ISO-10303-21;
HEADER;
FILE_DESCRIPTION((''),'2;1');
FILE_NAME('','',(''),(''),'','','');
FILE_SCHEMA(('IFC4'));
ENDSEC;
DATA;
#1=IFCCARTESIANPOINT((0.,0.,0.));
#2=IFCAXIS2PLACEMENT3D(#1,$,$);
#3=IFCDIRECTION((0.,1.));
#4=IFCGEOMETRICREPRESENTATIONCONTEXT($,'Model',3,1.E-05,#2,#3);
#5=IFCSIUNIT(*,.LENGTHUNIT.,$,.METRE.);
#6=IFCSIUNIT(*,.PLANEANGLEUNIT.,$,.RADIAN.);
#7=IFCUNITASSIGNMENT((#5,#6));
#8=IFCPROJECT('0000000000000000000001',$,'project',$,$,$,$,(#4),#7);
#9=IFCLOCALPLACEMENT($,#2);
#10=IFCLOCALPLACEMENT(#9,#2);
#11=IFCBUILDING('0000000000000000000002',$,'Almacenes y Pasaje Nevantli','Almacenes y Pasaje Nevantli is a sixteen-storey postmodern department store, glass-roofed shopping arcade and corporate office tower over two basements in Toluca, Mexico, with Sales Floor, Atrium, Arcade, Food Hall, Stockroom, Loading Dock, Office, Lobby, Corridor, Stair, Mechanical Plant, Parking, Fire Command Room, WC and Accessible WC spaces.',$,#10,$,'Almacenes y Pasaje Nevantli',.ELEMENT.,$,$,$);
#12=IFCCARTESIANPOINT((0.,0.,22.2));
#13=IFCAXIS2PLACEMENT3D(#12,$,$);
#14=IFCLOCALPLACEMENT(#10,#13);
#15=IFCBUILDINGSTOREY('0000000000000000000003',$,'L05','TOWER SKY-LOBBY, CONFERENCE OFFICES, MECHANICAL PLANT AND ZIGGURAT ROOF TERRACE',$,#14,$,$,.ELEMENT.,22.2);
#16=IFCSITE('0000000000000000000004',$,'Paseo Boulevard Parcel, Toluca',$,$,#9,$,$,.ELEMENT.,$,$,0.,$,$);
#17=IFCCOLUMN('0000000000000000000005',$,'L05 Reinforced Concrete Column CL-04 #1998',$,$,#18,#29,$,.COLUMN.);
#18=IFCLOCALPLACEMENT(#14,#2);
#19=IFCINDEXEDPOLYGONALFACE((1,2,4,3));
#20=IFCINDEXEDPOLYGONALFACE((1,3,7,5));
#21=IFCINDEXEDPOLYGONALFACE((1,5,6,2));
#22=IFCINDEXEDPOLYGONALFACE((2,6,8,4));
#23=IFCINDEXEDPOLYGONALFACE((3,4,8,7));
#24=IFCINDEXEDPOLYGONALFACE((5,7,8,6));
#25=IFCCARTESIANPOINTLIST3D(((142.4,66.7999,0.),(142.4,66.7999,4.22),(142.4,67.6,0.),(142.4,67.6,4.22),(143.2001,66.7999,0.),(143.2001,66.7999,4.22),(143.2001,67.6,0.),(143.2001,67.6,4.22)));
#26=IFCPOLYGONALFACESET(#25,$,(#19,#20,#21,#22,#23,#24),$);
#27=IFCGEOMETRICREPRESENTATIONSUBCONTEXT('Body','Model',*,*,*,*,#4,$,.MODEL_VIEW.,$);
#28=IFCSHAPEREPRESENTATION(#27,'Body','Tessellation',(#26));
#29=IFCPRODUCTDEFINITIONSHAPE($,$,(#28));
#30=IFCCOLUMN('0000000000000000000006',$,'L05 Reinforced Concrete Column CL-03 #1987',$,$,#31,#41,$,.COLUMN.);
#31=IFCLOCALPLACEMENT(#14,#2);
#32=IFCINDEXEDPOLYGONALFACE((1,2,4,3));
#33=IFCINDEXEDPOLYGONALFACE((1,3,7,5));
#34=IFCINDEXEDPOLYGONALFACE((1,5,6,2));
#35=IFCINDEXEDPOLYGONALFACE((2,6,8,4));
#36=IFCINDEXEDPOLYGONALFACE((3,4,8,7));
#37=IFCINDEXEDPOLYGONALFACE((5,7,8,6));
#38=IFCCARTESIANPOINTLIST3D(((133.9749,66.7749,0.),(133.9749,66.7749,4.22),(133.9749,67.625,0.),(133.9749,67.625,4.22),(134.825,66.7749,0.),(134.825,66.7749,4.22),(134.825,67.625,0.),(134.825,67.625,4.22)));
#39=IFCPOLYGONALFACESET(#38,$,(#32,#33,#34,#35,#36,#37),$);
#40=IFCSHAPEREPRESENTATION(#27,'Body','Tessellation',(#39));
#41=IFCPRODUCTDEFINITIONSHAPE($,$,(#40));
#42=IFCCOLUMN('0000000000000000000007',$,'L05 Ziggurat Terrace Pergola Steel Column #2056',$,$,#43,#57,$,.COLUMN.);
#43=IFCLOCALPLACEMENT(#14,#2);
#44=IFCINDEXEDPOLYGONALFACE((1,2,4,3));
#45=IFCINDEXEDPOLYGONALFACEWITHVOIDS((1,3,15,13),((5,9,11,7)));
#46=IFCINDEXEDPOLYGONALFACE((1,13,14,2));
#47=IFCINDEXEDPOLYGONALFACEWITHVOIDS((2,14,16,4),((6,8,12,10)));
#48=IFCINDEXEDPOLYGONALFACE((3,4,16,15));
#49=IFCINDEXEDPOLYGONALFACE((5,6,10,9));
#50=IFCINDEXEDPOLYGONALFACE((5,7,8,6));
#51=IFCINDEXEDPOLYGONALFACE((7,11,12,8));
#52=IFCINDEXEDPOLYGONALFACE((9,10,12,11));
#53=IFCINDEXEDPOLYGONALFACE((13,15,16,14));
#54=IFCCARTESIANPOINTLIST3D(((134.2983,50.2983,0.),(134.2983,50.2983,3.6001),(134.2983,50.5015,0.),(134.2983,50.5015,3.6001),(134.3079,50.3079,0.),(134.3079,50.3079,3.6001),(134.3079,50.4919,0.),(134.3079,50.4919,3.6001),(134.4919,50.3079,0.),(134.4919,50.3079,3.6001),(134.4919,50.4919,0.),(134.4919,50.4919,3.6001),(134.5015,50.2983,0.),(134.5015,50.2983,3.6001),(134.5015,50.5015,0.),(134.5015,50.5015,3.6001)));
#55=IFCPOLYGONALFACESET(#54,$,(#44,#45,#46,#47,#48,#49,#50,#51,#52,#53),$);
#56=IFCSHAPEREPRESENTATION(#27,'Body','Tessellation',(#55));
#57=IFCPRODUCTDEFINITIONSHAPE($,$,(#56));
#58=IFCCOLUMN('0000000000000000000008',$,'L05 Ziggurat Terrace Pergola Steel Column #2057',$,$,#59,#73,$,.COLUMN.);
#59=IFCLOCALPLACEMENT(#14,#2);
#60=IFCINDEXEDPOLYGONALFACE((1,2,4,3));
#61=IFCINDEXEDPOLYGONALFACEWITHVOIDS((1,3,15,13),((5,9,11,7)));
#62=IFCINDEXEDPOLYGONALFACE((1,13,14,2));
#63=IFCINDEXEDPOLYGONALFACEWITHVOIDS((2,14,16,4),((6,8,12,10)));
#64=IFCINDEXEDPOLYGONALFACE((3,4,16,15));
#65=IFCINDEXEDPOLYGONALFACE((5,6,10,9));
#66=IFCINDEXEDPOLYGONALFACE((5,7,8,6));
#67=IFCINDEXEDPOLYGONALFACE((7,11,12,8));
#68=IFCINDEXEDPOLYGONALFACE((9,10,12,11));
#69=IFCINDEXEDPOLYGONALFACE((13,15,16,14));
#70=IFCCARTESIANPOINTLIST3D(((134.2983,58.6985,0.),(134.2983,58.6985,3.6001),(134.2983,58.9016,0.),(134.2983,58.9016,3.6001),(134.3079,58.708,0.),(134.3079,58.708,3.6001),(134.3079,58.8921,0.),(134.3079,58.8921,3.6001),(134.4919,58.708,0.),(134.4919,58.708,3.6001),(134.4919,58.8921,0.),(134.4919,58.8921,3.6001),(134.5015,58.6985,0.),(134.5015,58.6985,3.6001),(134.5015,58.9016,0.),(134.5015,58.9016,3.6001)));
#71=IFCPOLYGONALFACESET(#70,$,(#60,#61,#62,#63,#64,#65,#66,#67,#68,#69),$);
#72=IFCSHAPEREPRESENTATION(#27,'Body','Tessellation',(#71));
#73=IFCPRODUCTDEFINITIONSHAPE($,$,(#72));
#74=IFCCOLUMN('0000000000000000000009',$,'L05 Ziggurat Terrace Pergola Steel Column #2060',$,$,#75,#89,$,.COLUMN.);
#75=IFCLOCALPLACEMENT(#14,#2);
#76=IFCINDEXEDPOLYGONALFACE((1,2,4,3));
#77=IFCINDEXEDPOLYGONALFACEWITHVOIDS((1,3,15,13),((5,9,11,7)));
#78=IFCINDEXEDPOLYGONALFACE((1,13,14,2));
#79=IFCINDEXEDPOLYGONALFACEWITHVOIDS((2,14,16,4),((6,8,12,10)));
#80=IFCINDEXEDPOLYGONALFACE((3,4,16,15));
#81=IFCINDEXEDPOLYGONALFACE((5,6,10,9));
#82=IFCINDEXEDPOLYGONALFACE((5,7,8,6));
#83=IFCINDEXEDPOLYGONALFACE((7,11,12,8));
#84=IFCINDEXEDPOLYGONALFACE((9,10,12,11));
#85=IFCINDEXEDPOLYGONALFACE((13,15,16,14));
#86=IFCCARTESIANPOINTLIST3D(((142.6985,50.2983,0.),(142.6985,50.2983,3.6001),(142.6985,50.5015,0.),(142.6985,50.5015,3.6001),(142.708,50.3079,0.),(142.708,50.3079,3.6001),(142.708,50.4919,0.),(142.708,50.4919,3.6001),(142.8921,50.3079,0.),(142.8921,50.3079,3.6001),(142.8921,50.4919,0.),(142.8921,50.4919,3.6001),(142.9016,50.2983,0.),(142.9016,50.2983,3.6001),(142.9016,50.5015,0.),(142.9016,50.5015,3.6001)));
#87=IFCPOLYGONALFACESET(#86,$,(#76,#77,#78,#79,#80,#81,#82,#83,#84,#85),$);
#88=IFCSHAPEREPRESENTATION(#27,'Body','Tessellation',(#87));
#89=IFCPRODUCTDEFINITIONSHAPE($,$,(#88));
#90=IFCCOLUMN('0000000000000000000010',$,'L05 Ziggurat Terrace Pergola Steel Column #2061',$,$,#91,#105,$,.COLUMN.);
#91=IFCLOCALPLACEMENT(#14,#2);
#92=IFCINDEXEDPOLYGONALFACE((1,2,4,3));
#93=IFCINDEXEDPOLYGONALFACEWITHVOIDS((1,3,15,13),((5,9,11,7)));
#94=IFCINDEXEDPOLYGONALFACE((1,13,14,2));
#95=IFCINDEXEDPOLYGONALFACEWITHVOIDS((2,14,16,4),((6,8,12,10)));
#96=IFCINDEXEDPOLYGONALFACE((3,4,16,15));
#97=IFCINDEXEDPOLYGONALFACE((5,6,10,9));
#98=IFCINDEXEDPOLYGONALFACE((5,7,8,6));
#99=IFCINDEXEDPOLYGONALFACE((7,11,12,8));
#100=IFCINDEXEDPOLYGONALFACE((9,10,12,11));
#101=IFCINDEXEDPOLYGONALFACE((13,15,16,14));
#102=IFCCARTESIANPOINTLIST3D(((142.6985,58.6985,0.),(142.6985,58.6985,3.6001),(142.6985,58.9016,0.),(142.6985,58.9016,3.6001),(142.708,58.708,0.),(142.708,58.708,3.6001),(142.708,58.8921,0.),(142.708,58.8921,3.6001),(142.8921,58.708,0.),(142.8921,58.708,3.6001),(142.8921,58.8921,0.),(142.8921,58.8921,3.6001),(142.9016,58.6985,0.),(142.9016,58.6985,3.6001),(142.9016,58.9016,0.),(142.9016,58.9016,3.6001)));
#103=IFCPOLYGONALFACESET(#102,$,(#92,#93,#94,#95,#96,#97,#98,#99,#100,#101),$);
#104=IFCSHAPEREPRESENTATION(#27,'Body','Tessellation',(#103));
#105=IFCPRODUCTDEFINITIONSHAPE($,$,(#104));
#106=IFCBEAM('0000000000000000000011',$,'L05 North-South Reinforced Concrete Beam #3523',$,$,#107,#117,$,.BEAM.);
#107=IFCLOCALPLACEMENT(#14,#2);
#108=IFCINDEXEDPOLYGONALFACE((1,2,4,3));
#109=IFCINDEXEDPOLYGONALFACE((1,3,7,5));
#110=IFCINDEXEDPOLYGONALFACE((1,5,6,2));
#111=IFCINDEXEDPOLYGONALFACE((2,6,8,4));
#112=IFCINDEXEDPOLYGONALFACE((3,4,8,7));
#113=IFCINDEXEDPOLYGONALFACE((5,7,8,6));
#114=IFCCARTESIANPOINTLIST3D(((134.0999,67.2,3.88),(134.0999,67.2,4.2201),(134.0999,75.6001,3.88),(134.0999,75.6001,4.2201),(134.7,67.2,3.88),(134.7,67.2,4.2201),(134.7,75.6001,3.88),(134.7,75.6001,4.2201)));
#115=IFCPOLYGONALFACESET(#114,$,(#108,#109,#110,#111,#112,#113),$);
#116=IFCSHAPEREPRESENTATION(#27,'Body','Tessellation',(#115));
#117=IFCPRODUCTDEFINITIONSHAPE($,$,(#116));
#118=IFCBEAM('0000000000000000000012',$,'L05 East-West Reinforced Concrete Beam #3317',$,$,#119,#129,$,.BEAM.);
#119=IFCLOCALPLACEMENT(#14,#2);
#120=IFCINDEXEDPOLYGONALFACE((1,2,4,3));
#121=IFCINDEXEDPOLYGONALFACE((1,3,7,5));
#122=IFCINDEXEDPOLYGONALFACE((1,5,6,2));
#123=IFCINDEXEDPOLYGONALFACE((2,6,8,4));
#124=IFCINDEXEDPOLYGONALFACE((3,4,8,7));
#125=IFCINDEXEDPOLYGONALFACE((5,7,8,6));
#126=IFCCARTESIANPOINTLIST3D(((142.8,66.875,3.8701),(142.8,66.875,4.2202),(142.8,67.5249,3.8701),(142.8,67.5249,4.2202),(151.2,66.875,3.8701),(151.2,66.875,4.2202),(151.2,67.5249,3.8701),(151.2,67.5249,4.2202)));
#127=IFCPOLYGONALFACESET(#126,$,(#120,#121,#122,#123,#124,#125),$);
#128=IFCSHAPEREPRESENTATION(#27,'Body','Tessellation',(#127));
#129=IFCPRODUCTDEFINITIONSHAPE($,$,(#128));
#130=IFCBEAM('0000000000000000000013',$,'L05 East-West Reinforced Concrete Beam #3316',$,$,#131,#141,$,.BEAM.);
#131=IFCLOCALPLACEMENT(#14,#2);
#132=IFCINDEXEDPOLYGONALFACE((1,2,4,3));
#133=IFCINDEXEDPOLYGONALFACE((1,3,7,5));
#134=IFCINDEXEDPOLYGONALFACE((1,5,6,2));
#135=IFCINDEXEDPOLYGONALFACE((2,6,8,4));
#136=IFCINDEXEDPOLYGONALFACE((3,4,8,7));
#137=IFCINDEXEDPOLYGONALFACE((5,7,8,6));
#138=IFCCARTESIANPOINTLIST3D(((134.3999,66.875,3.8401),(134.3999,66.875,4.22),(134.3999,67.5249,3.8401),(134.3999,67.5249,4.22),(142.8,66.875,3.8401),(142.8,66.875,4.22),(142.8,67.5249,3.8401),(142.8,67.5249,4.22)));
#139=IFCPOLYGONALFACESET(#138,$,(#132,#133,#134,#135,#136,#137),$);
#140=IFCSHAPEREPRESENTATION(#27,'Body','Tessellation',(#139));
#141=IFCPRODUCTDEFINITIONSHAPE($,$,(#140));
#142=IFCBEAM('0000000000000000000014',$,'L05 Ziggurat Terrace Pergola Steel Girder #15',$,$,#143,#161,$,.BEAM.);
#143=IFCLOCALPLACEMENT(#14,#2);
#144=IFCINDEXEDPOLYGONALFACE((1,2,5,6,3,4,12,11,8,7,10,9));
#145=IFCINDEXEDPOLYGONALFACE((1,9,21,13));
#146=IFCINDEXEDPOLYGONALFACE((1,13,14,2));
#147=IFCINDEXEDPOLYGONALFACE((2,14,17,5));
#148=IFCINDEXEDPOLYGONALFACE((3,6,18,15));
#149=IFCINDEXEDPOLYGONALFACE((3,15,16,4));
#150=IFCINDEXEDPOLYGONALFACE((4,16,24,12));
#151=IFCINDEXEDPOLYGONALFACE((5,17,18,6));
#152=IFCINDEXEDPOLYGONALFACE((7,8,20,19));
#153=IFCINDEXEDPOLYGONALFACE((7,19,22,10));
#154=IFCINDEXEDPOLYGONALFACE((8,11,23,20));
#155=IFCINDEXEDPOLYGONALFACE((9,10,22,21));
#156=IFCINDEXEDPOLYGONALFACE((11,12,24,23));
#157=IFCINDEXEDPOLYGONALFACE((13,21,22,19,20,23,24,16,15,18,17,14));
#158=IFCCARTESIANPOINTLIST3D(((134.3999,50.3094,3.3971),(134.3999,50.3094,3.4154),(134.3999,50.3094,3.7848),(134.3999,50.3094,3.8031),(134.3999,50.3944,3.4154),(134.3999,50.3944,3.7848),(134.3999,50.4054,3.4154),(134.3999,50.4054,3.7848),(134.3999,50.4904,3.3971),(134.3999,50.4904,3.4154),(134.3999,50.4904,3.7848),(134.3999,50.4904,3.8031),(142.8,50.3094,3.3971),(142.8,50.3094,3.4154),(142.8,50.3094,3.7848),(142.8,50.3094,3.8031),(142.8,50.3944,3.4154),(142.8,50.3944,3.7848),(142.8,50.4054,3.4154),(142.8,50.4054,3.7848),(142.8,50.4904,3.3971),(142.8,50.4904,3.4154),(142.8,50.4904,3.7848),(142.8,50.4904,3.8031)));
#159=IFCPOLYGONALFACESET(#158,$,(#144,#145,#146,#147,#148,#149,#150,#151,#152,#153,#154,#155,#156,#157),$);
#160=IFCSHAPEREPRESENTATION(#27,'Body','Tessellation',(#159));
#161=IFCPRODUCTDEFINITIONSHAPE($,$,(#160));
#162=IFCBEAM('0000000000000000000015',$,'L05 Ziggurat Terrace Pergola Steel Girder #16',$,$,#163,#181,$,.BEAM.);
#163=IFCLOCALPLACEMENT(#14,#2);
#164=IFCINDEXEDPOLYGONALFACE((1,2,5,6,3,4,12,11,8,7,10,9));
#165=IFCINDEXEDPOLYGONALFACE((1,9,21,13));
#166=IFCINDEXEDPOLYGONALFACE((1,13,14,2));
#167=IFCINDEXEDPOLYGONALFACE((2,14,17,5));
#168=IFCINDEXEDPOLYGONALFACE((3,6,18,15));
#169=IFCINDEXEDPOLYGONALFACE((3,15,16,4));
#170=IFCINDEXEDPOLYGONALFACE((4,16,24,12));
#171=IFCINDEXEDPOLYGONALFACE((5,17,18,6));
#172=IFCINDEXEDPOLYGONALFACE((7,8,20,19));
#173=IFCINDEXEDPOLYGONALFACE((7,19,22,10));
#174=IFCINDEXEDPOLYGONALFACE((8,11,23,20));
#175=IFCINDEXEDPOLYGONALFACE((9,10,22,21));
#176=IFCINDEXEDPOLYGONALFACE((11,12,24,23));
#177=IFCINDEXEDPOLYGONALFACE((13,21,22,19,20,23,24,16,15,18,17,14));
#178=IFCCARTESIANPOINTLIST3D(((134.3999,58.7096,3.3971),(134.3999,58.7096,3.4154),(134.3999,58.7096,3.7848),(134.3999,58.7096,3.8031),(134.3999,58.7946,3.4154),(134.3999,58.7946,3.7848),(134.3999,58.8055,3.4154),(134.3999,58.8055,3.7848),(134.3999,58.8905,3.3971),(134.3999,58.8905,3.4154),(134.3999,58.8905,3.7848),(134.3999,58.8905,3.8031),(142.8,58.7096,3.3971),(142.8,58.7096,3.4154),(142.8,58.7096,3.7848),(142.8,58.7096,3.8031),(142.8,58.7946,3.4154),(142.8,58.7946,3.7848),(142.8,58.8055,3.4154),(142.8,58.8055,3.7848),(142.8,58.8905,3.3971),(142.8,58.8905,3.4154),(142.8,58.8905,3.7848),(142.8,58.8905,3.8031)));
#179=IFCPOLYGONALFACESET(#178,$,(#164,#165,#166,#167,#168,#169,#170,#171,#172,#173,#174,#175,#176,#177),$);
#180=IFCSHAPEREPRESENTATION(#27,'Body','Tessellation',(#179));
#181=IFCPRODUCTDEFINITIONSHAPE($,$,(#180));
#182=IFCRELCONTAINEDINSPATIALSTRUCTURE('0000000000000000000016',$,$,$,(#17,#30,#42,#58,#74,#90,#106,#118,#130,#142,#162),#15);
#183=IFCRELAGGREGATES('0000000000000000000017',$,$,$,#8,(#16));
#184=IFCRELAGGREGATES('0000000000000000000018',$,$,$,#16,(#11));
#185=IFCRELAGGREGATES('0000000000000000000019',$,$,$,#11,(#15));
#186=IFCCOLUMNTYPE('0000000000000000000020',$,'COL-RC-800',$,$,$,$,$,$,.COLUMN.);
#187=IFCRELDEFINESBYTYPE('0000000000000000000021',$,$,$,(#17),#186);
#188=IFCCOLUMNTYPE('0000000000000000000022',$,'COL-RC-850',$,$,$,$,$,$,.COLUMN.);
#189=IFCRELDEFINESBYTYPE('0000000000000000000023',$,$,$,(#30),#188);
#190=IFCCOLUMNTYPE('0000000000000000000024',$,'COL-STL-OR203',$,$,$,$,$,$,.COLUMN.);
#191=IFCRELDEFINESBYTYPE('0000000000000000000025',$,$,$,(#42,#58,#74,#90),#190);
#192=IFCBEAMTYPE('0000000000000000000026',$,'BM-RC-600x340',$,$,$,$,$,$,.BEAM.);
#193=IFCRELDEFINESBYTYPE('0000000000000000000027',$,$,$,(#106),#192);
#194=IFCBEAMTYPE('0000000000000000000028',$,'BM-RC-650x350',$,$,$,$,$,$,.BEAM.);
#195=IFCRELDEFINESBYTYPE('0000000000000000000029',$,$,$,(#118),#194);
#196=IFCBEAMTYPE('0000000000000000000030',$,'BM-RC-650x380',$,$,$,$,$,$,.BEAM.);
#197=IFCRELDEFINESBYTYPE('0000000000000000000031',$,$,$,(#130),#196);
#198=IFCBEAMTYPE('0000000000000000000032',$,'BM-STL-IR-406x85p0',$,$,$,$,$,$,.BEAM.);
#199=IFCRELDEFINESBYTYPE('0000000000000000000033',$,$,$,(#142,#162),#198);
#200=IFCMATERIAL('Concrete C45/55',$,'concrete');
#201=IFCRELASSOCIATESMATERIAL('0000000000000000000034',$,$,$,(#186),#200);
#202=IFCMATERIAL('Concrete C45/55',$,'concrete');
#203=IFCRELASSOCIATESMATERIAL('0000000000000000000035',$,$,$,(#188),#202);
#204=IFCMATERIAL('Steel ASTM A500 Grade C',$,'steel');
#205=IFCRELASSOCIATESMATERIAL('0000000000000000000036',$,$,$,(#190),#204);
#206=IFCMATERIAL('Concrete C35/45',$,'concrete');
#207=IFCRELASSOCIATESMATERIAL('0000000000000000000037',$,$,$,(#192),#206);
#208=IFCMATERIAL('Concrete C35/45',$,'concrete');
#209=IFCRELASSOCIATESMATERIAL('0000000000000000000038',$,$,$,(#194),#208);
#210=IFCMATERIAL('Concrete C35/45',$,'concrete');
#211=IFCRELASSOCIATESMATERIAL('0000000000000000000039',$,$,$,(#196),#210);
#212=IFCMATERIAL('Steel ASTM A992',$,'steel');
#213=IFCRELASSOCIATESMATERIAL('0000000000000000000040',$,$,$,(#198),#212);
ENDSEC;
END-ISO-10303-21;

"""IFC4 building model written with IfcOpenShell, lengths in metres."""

from ifc_helpers import new_model, si_unit, direction, frame, origin, origin_2d, place, context, subcontext, project, spatial, rectangle, hollow_rectangle, i_section, extrude, material, material_profile, profile_set, type_object, element, save


model = new_model("IFC4")

# Units and contexts
model_context = context("Model", 3, precision=1e-05, world=origin(), true_north=direction((0.0, 1.0)))
body_context = subcontext(model_context, "Body", "Model", "MODEL_VIEW")
ifc_project = project(units=[si_unit("LENGTHUNIT", "METRE"), si_unit("PLANEANGLEUNIT", "RADIAN")], contexts=[model_context])

# Site, building, storey
site_placement = place(None, origin())
site = spatial("IfcSite", under=ifc_project, at=site_placement, Name="Paseo Boulevard Parcel, Toluca", CompositionType="ELEMENT", RefElevation=0.0)
building_placement = place(site_placement, origin())
building = spatial("IfcBuilding", under=site, at=building_placement, Name="Almacenes y Pasaje Nevantli", Description="Almacenes y Pasaje Nevantli is a sixteen-storey postmodern department store, glass-roofed shopping arcade and corporate office tower over two basements in Toluca, Mexico, with Sales Floor, Atrium, Arcade, Food Hall, Stockroom, Loading Dock, Office, Lobby, Corridor, Stair, Mechanical Plant, Parking, Fire Command Room, WC and Accessible WC spaces.", LongName="Almacenes y Pasaje Nevantli", CompositionType="ELEMENT")
storey_placement = place(building_placement, frame((0.0, 0.0, 22.2)))
storey = spatial("IfcBuildingStorey", under=building, at=storey_placement, Name="L05", Description="TOWER SKY-LOBBY, CONFERENCE OFFICES, MECHANICAL PLANT AND ZIGGURAT ROOF TERRACE", CompositionType="ELEMENT", Elevation=22.2)

# Columns
ifc_material_1 = material(Name="Concrete C45/55", Category="concrete")
ifc_material_profile_1 = material_profile(ifc_material_1, rectangle(XDim=0.8, YDim=0.8, at=origin_2d()), Name="RC-COL-800x800")
ifc_profile_set_1 = profile_set([ifc_material_profile_1], Name="Concrete C45/55")
column_type_1 = type_object("IfcColumnType", Name="COL-RC-800", PredefinedType="COLUMN", material=ifc_profile_set_1)
column_1_placement = place(storey_placement, frame((142.8, 67.2, 0.0), z_axis=(0.0, 0.0, 1.0), x_axis=(1.0, 0.0, 0.0)))
element("IfcColumn", 1, at=column_1_placement, inside=storey, type_object=column_type_1, Name="L05 Reinforced Concrete Column CL-04 #1998", PredefinedType="COLUMN", context=body_context, shape_type="SweptSolid", body=[
    extrude(rectangle(XDim=0.8, YDim=0.8, at=origin_2d()), origin(), (0.0, 0.0, 1.0), 4.22),
])
ifc_material_2 = material(Name="Concrete C45/55", Category="concrete")
ifc_material_profile_2 = material_profile(ifc_material_2, rectangle(XDim=0.8501, YDim=0.8501, at=origin_2d()), Name="RC-COL-850x850")
ifc_profile_set_2 = profile_set([ifc_material_profile_2], Name="Concrete C45/55")
column_type_2 = type_object("IfcColumnType", Name="COL-RC-850", PredefinedType="COLUMN", material=ifc_profile_set_2)
column_2_placement = place(storey_placement, frame((134.3999, 67.2, 0.0), z_axis=(0.0, 0.0, 1.0), x_axis=(1.0, 0.0, 0.0)))
element("IfcColumn", 2, at=column_2_placement, inside=storey, type_object=column_type_2, Name="L05 Reinforced Concrete Column CL-03 #1987", PredefinedType="COLUMN", context=body_context, shape_type="SweptSolid", body=[
    extrude(rectangle(XDim=0.8501, YDim=0.8501, at=origin_2d()), origin(), (0.0, 0.0, 1.0), 4.22),
])
ifc_material_3 = material(Name="Steel ASTM A500 Grade C", Category="steel")
ifc_material_profile_3 = material_profile(ifc_material_3, hollow_rectangle(XDim=0.2031, YDim=0.2031, WallThickness=0.0095, at=origin_2d()), Name="OR 203x203x9.5")
ifc_profile_set_3 = profile_set([ifc_material_profile_3], Name="Steel ASTM A500 Grade C")
column_type_3 = type_object("IfcColumnType", Name="COL-STL-OR203", PredefinedType="COLUMN", material=ifc_profile_set_3)
for number, where, z_axis, x_axis, name in (
    (3, (134.3999, 50.3999, 0.0), (0.0, 0.0, 1.0), (1.0, 0.0, 0.0), "L05 Ziggurat Terrace Pergola Steel Column #2056"),
    (4, (134.3999, 58.8, 0.0), (0.0, 0.0, 1.0), (1.0, 0.0, 0.0), "L05 Ziggurat Terrace Pergola Steel Column #2057"),
    (5, (142.8, 50.3999, 0.0), (0.0, 0.0, 1.0), (1.0, 0.0, 0.0), "L05 Ziggurat Terrace Pergola Steel Column #2060"),
    (6, (142.8, 58.8, 0.0), (0.0, 0.0, 1.0), (1.0, 0.0, 0.0), "L05 Ziggurat Terrace Pergola Steel Column #2061"),
):
    element("IfcColumn", number, at=place(storey_placement, frame(where, z_axis=z_axis, x_axis=x_axis)), inside=storey, type_object=column_type_3, Name=name, PredefinedType="COLUMN", context=body_context, shape_type="SweptSolid", body=[
        extrude(hollow_rectangle(XDim=0.2031, YDim=0.2031, WallThickness=0.0095, at=origin_2d()), origin(), (0.0, 0.0, 1.0), 3.6001),
    ])

# Beams
ifc_material_4 = material(Name="Concrete C35/45", Category="concrete")
ifc_material_profile_4 = material_profile(ifc_material_4, rectangle(XDim=0.6001, YDim=0.3401, at=origin_2d()), Name="RC-BM-600x340")
ifc_profile_set_4 = profile_set([ifc_material_profile_4], Name="Concrete C35/45")
beam_type_1 = type_object("IfcBeamType", Name="BM-RC-600x340", PredefinedType="BEAM", material=ifc_profile_set_4)
beam_1_placement = place(storey_placement, frame((134.3999, 67.2, 4.05), z_axis=(0.0, 1.0, 0.0), x_axis=(-1.0, 0.0, 0.0)))
element("IfcBeam", 7, at=beam_1_placement, inside=storey, type_object=beam_type_1, Name="L05 North-South Reinforced Concrete Beam #3523", PredefinedType="BEAM", context=body_context, shape_type="SweptSolid", body=[
    extrude(rectangle(XDim=0.6001, YDim=0.3401, at=origin_2d()), origin(), (0.0, 0.0, 1.0), 8.4001),
])
ifc_material_5 = material(Name="Concrete C35/45", Category="concrete")
ifc_material_profile_5 = material_profile(ifc_material_5, rectangle(XDim=0.6499, YDim=0.3501, at=origin_2d()), Name="RC-BM-650x350")
ifc_profile_set_5 = profile_set([ifc_material_profile_5], Name="Concrete C35/45")
beam_type_2 = type_object("IfcBeamType", Name="BM-RC-650x350", PredefinedType="BEAM", material=ifc_profile_set_5)
beam_2_placement = place(storey_placement, frame((142.8, 67.2, 4.0452), z_axis=(1.0, 0.0, 0.0), x_axis=(0.0, 1.0, 0.0)))
element("IfcBeam", 8, at=beam_2_placement, inside=storey, type_object=beam_type_2, Name="L05 East-West Reinforced Concrete Beam #3317", PredefinedType="BEAM", context=body_context, shape_type="SweptSolid", body=[
    extrude(rectangle(XDim=0.6499, YDim=0.3501, at=origin_2d()), origin(), (0.0, 0.0, 1.0), 8.3999),
])
ifc_material_6 = material(Name="Concrete C35/45", Category="concrete")
ifc_material_profile_6 = material_profile(ifc_material_6, rectangle(XDim=0.6499, YDim=0.3799, at=origin_2d()), Name="RC-BM-650x380")
ifc_profile_set_6 = profile_set([ifc_material_profile_6], Name="Concrete C35/45")
beam_type_3 = type_object("IfcBeamType", Name="BM-RC-650x380", PredefinedType="BEAM", material=ifc_profile_set_6)
beam_3_placement = place(storey_placement, frame((134.3999, 67.2, 4.03), z_axis=(1.0, 0.0, 0.0), x_axis=(0.0, 1.0, 0.0)))
element("IfcBeam", 9, at=beam_3_placement, inside=storey, type_object=beam_type_3, Name="L05 East-West Reinforced Concrete Beam #3316", PredefinedType="BEAM", context=body_context, shape_type="SweptSolid", body=[
    extrude(rectangle(XDim=0.6499, YDim=0.3799, at=origin_2d()), origin(), (0.0, 0.0, 1.0), 8.4001),
])
ifc_material_7 = material(Name="Steel ASTM A992", Category="steel")
ifc_material_profile_7 = material_profile(ifc_material_7, i_section(OverallWidth=0.1809, OverallDepth=0.406, WebThickness=0.011, FlangeThickness=0.0183, at=origin_2d()), Name="IR 406x85.0")
ifc_profile_set_7 = profile_set([ifc_material_profile_7], Name="Steel ASTM A992")
beam_type_4 = type_object("IfcBeamType", Name="BM-STL-IR-406x85p0", PredefinedType="BEAM", material=ifc_profile_set_7)
for number, where, z_axis, x_axis, name in (
    (10, (134.3999, 50.3999, 3.6001), (1.0, 0.0, 0.0), (0.0, 1.0, 0.0), "L05 Ziggurat Terrace Pergola Steel Girder #15"),
    (11, (134.3999, 58.8, 3.6001), (1.0, 0.0, 0.0), (0.0, 1.0, 0.0), "L05 Ziggurat Terrace Pergola Steel Girder #16"),
):
    element("IfcBeam", number, at=place(storey_placement, frame(where, z_axis=z_axis, x_axis=x_axis)), inside=storey, type_object=beam_type_4, Name=name, PredefinedType="BEAM", context=body_context, shape_type="SweptSolid", body=[
        extrude(i_section(OverallWidth=0.1809, OverallDepth=0.406, WebThickness=0.011, FlangeThickness=0.0183, at=origin_2d()), origin(), (0.0, 0.0, 1.0), 8.4001),
    ])

save(model, "model.ifc")
